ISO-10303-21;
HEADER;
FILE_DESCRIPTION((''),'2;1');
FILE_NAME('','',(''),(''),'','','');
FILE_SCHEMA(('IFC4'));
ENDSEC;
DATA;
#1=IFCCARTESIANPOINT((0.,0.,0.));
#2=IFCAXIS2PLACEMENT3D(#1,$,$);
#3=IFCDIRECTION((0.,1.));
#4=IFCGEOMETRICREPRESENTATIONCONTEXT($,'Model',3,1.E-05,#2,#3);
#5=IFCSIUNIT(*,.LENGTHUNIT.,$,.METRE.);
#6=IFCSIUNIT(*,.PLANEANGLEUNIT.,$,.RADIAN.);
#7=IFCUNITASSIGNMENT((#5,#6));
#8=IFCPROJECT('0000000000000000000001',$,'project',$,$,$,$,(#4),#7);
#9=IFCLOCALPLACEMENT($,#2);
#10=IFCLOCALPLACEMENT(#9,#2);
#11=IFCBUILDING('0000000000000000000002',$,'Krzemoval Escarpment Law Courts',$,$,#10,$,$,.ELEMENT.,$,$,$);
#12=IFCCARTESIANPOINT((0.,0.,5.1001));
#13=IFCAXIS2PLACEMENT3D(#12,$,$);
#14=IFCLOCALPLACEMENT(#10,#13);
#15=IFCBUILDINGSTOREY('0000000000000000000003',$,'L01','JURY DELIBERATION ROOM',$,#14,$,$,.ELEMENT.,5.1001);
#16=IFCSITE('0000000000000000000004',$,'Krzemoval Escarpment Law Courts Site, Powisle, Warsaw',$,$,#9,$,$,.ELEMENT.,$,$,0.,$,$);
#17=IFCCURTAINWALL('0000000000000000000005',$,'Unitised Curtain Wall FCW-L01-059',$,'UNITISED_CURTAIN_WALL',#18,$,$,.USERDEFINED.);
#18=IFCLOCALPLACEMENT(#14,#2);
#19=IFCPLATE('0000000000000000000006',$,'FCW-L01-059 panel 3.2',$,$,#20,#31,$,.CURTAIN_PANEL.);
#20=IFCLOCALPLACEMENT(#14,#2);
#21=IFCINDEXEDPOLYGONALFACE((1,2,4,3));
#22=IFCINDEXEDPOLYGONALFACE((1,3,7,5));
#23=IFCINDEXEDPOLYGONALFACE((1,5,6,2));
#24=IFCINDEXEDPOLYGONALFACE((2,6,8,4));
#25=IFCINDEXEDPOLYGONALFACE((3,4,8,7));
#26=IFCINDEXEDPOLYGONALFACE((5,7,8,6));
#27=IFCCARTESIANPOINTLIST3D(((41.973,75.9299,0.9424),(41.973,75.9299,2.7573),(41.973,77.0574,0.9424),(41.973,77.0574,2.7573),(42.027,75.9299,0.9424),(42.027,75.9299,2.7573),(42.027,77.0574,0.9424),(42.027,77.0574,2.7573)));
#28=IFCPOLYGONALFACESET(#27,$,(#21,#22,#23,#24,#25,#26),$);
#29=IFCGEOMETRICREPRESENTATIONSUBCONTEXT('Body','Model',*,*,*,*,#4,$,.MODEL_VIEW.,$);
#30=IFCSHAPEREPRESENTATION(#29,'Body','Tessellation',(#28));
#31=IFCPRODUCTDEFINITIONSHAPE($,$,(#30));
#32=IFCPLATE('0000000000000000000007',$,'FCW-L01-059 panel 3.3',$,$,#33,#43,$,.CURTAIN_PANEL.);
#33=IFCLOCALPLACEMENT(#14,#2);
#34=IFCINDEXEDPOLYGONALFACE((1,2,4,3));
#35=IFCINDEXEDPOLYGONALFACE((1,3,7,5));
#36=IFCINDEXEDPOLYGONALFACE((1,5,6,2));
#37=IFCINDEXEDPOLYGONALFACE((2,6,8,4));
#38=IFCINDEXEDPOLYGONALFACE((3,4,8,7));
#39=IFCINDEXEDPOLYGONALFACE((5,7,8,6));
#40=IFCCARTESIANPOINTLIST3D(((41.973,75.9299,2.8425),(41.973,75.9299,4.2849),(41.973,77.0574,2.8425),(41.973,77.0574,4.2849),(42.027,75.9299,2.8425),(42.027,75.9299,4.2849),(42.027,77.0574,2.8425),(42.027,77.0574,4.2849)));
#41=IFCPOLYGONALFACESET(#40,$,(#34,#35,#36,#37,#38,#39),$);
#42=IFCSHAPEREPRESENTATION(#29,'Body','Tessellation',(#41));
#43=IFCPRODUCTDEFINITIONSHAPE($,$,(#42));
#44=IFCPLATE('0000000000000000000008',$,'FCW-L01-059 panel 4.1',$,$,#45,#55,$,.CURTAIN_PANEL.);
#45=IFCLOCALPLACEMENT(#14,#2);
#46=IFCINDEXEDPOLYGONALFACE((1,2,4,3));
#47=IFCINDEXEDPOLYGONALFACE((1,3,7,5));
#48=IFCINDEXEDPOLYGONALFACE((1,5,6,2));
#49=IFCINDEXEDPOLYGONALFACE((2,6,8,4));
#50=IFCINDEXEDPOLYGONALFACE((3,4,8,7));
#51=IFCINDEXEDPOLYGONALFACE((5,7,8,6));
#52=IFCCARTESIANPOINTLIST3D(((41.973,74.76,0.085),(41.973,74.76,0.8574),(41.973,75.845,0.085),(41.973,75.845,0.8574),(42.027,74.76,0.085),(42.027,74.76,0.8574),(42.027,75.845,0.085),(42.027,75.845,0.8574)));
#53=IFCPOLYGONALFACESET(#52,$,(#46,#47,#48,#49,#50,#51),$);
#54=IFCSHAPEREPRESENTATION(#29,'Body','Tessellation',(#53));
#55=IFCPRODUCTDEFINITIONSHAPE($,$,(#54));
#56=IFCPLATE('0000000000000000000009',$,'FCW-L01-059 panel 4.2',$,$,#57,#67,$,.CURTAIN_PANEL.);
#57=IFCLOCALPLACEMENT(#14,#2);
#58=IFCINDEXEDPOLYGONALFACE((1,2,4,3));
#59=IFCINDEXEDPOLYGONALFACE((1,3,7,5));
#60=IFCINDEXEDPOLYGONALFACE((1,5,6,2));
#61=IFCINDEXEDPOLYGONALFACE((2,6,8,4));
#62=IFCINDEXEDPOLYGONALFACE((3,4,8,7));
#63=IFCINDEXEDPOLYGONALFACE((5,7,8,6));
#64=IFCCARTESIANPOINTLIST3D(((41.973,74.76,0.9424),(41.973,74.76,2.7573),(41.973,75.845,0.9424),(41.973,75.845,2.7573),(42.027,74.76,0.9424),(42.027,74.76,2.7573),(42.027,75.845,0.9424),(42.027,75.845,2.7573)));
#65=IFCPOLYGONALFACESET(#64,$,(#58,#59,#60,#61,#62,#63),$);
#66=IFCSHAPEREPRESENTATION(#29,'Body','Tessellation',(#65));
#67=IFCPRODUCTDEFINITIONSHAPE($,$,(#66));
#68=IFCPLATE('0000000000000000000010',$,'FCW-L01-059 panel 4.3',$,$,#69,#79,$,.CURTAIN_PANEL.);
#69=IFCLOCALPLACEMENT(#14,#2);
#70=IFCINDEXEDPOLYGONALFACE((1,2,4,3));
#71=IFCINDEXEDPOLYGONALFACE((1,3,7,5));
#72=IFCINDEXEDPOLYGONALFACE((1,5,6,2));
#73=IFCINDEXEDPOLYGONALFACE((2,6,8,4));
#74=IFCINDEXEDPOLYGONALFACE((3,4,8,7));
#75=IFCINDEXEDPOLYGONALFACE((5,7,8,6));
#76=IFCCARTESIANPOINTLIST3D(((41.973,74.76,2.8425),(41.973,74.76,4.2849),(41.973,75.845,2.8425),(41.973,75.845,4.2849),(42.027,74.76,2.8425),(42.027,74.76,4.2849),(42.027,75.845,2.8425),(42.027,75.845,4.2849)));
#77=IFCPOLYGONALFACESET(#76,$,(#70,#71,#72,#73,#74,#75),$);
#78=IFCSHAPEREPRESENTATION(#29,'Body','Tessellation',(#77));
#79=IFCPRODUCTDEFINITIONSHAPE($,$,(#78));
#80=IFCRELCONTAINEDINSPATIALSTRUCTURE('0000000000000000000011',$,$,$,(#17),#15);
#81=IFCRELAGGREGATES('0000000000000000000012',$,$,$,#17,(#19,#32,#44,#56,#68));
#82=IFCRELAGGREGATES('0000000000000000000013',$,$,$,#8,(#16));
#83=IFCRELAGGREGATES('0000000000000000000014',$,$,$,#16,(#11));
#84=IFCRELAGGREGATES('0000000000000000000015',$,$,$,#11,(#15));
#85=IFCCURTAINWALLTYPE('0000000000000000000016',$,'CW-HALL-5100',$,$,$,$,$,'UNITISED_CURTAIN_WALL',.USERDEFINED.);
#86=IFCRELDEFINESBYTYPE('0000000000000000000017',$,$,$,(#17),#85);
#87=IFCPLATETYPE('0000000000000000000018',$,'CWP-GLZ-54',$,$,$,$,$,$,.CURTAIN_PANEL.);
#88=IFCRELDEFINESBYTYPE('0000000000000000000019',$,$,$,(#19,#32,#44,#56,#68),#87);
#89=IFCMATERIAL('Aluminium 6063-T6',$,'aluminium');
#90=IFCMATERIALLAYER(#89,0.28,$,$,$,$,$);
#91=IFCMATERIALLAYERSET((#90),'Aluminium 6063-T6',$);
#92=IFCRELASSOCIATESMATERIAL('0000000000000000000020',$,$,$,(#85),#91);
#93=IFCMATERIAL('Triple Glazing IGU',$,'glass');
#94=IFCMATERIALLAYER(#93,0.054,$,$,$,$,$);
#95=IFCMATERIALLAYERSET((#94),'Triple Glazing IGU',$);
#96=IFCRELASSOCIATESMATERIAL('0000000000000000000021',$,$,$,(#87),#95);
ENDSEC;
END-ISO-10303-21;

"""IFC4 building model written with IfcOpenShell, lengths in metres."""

from ifc_helpers import new_model, si_unit, direction, frame, origin, origin_2d, place, context, subcontext, project, spatial, rectangle, extrude, material, layer, layer_set, type_object, element, aggregate, save


model = new_model("IFC4")

# Units and contexts
model_context = context("Model", 3, precision=1e-05, world=origin(), true_north=direction((0.0, 1.0)))
body_context = subcontext(model_context, "Body", "Model", "MODEL_VIEW")
ifc_project = project(units=[si_unit("LENGTHUNIT", "METRE"), si_unit("PLANEANGLEUNIT", "RADIAN")], contexts=[model_context])

# Site, building, storey
site_placement = place(None, origin())
site = spatial("IfcSite", under=ifc_project, at=site_placement, Name="Krzemoval Escarpment Law Courts Site, Powisle, Warsaw", CompositionType="ELEMENT", RefElevation=0.0)
building_placement = place(site_placement, origin())
building = spatial("IfcBuilding", under=site, at=building_placement, Name="Krzemoval Escarpment Law Courts", CompositionType="ELEMENT")
storey_placement = place(building_placement, frame((0.0, 0.0, 5.1001)))
storey = spatial("IfcBuildingStorey", under=building, at=storey_placement, Name="L01", Description="JURY DELIBERATION ROOM", CompositionType="ELEMENT", Elevation=5.1001)

# Curtain wall
ifc_material_1 = material(Name="Aluminium 6063-T6", Category="aluminium")
ifc_layer_1 = layer(ifc_material_1, 0.28)
ifc_layer_set_1 = layer_set([ifc_layer_1], Name="Aluminium 6063-T6")
curtain_wall_type = type_object("IfcCurtainWallType", Name="CW-HALL-5100", ElementType="UNITISED_CURTAIN_WALL", PredefinedType="USERDEFINED", material=ifc_layer_set_1)
curtain_wall_1_placement = place(storey_placement, origin())
curtain_wall_1 = element("IfcCurtainWall", 1, at=curtain_wall_1_placement, inside=storey, type_object=curtain_wall_type, Name="Unitised Curtain Wall FCW-L01-059", ObjectType="UNITISED_CURTAIN_WALL", PredefinedType="USERDEFINED")

# Plates
ifc_material_2 = material(Name="Triple Glazing IGU", Category="glass")
ifc_layer_2 = layer(ifc_material_2, 0.054)
ifc_layer_set_2 = layer_set([ifc_layer_2], Name="Triple Glazing IGU")
plate_type = type_object("IfcPlateType", Name="CWP-GLZ-54", PredefinedType="CURTAIN_PANEL", material=ifc_layer_set_2)
plate_1_placement = place(storey_placement, frame((42.0, 76.4937, 0.9424), z_axis=(0.0, 0.0, 1.0), x_axis=(0.0, -1.0, 0.0)))
plate_1 = element("IfcPlate", 2, at=plate_1_placement, type_object=plate_type, Name="FCW-L01-059 panel 3.2", PredefinedType="CURTAIN_PANEL", context=body_context, shape_type="SweptSolid", body=[
    extrude(rectangle(XDim=1.1274, YDim=0.054, at=origin_2d()), origin(), (0.0, 0.0, 1.0), 1.8149),
])
plate_2_placement = place(storey_placement, frame((42.0, 76.4937, 2.8425), z_axis=(0.0, 0.0, 1.0), x_axis=(0.0, -1.0, 0.0)))
plate_2 = element("IfcPlate", 3, at=plate_2_placement, type_object=plate_type, Name="FCW-L01-059 panel 3.3", PredefinedType="CURTAIN_PANEL", context=body_context, shape_type="SweptSolid", body=[
    extrude(rectangle(XDim=1.1274, YDim=0.054, at=origin_2d()), origin(), (0.0, 0.0, 1.0), 1.4424),
])
plate_3_placement = place(storey_placement, frame((42.0, 75.3025, 0.085), z_axis=(0.0, 0.0, 1.0), x_axis=(0.0, -1.0, 0.0)))
plate_3 = element("IfcPlate", 4, at=plate_3_placement, type_object=plate_type, Name="FCW-L01-059 panel 4.1", PredefinedType="CURTAIN_PANEL", context=body_context, shape_type="SweptSolid", body=[
    extrude(rectangle(XDim=1.085, YDim=0.054, at=origin_2d()), origin(), (0.0, 0.0, 1.0), 0.7725),
])
plate_4_placement = place(storey_placement, frame((42.0, 75.3025, 0.9424), z_axis=(0.0, 0.0, 1.0), x_axis=(0.0, -1.0, 0.0)))
plate_4 = element("IfcPlate", 5, at=plate_4_placement, type_object=plate_type, Name="FCW-L01-059 panel 4.2", PredefinedType="CURTAIN_PANEL", context=body_context, shape_type="SweptSolid", body=[
    extrude(rectangle(XDim=1.085, YDim=0.054, at=origin_2d()), origin(), (0.0, 0.0, 1.0), 1.8149),
])
plate_5_placement = place(storey_placement, frame((42.0, 75.3025, 2.8425), z_axis=(0.0, 0.0, 1.0), x_axis=(0.0, -1.0, 0.0)))
plate_5 = element("IfcPlate", 6, at=plate_5_placement, type_object=plate_type, Name="FCW-L01-059 panel 4.3", PredefinedType="CURTAIN_PANEL", context=body_context, shape_type="SweptSolid", body=[
    extrude(rectangle(XDim=1.085, YDim=0.054, at=origin_2d()), origin(), (0.0, 0.0, 1.0), 1.4424),
])
aggregate(curtain_wall_1, [plate_1, plate_2, plate_3, plate_4, plate_5])

save(model, "model.ifc")
